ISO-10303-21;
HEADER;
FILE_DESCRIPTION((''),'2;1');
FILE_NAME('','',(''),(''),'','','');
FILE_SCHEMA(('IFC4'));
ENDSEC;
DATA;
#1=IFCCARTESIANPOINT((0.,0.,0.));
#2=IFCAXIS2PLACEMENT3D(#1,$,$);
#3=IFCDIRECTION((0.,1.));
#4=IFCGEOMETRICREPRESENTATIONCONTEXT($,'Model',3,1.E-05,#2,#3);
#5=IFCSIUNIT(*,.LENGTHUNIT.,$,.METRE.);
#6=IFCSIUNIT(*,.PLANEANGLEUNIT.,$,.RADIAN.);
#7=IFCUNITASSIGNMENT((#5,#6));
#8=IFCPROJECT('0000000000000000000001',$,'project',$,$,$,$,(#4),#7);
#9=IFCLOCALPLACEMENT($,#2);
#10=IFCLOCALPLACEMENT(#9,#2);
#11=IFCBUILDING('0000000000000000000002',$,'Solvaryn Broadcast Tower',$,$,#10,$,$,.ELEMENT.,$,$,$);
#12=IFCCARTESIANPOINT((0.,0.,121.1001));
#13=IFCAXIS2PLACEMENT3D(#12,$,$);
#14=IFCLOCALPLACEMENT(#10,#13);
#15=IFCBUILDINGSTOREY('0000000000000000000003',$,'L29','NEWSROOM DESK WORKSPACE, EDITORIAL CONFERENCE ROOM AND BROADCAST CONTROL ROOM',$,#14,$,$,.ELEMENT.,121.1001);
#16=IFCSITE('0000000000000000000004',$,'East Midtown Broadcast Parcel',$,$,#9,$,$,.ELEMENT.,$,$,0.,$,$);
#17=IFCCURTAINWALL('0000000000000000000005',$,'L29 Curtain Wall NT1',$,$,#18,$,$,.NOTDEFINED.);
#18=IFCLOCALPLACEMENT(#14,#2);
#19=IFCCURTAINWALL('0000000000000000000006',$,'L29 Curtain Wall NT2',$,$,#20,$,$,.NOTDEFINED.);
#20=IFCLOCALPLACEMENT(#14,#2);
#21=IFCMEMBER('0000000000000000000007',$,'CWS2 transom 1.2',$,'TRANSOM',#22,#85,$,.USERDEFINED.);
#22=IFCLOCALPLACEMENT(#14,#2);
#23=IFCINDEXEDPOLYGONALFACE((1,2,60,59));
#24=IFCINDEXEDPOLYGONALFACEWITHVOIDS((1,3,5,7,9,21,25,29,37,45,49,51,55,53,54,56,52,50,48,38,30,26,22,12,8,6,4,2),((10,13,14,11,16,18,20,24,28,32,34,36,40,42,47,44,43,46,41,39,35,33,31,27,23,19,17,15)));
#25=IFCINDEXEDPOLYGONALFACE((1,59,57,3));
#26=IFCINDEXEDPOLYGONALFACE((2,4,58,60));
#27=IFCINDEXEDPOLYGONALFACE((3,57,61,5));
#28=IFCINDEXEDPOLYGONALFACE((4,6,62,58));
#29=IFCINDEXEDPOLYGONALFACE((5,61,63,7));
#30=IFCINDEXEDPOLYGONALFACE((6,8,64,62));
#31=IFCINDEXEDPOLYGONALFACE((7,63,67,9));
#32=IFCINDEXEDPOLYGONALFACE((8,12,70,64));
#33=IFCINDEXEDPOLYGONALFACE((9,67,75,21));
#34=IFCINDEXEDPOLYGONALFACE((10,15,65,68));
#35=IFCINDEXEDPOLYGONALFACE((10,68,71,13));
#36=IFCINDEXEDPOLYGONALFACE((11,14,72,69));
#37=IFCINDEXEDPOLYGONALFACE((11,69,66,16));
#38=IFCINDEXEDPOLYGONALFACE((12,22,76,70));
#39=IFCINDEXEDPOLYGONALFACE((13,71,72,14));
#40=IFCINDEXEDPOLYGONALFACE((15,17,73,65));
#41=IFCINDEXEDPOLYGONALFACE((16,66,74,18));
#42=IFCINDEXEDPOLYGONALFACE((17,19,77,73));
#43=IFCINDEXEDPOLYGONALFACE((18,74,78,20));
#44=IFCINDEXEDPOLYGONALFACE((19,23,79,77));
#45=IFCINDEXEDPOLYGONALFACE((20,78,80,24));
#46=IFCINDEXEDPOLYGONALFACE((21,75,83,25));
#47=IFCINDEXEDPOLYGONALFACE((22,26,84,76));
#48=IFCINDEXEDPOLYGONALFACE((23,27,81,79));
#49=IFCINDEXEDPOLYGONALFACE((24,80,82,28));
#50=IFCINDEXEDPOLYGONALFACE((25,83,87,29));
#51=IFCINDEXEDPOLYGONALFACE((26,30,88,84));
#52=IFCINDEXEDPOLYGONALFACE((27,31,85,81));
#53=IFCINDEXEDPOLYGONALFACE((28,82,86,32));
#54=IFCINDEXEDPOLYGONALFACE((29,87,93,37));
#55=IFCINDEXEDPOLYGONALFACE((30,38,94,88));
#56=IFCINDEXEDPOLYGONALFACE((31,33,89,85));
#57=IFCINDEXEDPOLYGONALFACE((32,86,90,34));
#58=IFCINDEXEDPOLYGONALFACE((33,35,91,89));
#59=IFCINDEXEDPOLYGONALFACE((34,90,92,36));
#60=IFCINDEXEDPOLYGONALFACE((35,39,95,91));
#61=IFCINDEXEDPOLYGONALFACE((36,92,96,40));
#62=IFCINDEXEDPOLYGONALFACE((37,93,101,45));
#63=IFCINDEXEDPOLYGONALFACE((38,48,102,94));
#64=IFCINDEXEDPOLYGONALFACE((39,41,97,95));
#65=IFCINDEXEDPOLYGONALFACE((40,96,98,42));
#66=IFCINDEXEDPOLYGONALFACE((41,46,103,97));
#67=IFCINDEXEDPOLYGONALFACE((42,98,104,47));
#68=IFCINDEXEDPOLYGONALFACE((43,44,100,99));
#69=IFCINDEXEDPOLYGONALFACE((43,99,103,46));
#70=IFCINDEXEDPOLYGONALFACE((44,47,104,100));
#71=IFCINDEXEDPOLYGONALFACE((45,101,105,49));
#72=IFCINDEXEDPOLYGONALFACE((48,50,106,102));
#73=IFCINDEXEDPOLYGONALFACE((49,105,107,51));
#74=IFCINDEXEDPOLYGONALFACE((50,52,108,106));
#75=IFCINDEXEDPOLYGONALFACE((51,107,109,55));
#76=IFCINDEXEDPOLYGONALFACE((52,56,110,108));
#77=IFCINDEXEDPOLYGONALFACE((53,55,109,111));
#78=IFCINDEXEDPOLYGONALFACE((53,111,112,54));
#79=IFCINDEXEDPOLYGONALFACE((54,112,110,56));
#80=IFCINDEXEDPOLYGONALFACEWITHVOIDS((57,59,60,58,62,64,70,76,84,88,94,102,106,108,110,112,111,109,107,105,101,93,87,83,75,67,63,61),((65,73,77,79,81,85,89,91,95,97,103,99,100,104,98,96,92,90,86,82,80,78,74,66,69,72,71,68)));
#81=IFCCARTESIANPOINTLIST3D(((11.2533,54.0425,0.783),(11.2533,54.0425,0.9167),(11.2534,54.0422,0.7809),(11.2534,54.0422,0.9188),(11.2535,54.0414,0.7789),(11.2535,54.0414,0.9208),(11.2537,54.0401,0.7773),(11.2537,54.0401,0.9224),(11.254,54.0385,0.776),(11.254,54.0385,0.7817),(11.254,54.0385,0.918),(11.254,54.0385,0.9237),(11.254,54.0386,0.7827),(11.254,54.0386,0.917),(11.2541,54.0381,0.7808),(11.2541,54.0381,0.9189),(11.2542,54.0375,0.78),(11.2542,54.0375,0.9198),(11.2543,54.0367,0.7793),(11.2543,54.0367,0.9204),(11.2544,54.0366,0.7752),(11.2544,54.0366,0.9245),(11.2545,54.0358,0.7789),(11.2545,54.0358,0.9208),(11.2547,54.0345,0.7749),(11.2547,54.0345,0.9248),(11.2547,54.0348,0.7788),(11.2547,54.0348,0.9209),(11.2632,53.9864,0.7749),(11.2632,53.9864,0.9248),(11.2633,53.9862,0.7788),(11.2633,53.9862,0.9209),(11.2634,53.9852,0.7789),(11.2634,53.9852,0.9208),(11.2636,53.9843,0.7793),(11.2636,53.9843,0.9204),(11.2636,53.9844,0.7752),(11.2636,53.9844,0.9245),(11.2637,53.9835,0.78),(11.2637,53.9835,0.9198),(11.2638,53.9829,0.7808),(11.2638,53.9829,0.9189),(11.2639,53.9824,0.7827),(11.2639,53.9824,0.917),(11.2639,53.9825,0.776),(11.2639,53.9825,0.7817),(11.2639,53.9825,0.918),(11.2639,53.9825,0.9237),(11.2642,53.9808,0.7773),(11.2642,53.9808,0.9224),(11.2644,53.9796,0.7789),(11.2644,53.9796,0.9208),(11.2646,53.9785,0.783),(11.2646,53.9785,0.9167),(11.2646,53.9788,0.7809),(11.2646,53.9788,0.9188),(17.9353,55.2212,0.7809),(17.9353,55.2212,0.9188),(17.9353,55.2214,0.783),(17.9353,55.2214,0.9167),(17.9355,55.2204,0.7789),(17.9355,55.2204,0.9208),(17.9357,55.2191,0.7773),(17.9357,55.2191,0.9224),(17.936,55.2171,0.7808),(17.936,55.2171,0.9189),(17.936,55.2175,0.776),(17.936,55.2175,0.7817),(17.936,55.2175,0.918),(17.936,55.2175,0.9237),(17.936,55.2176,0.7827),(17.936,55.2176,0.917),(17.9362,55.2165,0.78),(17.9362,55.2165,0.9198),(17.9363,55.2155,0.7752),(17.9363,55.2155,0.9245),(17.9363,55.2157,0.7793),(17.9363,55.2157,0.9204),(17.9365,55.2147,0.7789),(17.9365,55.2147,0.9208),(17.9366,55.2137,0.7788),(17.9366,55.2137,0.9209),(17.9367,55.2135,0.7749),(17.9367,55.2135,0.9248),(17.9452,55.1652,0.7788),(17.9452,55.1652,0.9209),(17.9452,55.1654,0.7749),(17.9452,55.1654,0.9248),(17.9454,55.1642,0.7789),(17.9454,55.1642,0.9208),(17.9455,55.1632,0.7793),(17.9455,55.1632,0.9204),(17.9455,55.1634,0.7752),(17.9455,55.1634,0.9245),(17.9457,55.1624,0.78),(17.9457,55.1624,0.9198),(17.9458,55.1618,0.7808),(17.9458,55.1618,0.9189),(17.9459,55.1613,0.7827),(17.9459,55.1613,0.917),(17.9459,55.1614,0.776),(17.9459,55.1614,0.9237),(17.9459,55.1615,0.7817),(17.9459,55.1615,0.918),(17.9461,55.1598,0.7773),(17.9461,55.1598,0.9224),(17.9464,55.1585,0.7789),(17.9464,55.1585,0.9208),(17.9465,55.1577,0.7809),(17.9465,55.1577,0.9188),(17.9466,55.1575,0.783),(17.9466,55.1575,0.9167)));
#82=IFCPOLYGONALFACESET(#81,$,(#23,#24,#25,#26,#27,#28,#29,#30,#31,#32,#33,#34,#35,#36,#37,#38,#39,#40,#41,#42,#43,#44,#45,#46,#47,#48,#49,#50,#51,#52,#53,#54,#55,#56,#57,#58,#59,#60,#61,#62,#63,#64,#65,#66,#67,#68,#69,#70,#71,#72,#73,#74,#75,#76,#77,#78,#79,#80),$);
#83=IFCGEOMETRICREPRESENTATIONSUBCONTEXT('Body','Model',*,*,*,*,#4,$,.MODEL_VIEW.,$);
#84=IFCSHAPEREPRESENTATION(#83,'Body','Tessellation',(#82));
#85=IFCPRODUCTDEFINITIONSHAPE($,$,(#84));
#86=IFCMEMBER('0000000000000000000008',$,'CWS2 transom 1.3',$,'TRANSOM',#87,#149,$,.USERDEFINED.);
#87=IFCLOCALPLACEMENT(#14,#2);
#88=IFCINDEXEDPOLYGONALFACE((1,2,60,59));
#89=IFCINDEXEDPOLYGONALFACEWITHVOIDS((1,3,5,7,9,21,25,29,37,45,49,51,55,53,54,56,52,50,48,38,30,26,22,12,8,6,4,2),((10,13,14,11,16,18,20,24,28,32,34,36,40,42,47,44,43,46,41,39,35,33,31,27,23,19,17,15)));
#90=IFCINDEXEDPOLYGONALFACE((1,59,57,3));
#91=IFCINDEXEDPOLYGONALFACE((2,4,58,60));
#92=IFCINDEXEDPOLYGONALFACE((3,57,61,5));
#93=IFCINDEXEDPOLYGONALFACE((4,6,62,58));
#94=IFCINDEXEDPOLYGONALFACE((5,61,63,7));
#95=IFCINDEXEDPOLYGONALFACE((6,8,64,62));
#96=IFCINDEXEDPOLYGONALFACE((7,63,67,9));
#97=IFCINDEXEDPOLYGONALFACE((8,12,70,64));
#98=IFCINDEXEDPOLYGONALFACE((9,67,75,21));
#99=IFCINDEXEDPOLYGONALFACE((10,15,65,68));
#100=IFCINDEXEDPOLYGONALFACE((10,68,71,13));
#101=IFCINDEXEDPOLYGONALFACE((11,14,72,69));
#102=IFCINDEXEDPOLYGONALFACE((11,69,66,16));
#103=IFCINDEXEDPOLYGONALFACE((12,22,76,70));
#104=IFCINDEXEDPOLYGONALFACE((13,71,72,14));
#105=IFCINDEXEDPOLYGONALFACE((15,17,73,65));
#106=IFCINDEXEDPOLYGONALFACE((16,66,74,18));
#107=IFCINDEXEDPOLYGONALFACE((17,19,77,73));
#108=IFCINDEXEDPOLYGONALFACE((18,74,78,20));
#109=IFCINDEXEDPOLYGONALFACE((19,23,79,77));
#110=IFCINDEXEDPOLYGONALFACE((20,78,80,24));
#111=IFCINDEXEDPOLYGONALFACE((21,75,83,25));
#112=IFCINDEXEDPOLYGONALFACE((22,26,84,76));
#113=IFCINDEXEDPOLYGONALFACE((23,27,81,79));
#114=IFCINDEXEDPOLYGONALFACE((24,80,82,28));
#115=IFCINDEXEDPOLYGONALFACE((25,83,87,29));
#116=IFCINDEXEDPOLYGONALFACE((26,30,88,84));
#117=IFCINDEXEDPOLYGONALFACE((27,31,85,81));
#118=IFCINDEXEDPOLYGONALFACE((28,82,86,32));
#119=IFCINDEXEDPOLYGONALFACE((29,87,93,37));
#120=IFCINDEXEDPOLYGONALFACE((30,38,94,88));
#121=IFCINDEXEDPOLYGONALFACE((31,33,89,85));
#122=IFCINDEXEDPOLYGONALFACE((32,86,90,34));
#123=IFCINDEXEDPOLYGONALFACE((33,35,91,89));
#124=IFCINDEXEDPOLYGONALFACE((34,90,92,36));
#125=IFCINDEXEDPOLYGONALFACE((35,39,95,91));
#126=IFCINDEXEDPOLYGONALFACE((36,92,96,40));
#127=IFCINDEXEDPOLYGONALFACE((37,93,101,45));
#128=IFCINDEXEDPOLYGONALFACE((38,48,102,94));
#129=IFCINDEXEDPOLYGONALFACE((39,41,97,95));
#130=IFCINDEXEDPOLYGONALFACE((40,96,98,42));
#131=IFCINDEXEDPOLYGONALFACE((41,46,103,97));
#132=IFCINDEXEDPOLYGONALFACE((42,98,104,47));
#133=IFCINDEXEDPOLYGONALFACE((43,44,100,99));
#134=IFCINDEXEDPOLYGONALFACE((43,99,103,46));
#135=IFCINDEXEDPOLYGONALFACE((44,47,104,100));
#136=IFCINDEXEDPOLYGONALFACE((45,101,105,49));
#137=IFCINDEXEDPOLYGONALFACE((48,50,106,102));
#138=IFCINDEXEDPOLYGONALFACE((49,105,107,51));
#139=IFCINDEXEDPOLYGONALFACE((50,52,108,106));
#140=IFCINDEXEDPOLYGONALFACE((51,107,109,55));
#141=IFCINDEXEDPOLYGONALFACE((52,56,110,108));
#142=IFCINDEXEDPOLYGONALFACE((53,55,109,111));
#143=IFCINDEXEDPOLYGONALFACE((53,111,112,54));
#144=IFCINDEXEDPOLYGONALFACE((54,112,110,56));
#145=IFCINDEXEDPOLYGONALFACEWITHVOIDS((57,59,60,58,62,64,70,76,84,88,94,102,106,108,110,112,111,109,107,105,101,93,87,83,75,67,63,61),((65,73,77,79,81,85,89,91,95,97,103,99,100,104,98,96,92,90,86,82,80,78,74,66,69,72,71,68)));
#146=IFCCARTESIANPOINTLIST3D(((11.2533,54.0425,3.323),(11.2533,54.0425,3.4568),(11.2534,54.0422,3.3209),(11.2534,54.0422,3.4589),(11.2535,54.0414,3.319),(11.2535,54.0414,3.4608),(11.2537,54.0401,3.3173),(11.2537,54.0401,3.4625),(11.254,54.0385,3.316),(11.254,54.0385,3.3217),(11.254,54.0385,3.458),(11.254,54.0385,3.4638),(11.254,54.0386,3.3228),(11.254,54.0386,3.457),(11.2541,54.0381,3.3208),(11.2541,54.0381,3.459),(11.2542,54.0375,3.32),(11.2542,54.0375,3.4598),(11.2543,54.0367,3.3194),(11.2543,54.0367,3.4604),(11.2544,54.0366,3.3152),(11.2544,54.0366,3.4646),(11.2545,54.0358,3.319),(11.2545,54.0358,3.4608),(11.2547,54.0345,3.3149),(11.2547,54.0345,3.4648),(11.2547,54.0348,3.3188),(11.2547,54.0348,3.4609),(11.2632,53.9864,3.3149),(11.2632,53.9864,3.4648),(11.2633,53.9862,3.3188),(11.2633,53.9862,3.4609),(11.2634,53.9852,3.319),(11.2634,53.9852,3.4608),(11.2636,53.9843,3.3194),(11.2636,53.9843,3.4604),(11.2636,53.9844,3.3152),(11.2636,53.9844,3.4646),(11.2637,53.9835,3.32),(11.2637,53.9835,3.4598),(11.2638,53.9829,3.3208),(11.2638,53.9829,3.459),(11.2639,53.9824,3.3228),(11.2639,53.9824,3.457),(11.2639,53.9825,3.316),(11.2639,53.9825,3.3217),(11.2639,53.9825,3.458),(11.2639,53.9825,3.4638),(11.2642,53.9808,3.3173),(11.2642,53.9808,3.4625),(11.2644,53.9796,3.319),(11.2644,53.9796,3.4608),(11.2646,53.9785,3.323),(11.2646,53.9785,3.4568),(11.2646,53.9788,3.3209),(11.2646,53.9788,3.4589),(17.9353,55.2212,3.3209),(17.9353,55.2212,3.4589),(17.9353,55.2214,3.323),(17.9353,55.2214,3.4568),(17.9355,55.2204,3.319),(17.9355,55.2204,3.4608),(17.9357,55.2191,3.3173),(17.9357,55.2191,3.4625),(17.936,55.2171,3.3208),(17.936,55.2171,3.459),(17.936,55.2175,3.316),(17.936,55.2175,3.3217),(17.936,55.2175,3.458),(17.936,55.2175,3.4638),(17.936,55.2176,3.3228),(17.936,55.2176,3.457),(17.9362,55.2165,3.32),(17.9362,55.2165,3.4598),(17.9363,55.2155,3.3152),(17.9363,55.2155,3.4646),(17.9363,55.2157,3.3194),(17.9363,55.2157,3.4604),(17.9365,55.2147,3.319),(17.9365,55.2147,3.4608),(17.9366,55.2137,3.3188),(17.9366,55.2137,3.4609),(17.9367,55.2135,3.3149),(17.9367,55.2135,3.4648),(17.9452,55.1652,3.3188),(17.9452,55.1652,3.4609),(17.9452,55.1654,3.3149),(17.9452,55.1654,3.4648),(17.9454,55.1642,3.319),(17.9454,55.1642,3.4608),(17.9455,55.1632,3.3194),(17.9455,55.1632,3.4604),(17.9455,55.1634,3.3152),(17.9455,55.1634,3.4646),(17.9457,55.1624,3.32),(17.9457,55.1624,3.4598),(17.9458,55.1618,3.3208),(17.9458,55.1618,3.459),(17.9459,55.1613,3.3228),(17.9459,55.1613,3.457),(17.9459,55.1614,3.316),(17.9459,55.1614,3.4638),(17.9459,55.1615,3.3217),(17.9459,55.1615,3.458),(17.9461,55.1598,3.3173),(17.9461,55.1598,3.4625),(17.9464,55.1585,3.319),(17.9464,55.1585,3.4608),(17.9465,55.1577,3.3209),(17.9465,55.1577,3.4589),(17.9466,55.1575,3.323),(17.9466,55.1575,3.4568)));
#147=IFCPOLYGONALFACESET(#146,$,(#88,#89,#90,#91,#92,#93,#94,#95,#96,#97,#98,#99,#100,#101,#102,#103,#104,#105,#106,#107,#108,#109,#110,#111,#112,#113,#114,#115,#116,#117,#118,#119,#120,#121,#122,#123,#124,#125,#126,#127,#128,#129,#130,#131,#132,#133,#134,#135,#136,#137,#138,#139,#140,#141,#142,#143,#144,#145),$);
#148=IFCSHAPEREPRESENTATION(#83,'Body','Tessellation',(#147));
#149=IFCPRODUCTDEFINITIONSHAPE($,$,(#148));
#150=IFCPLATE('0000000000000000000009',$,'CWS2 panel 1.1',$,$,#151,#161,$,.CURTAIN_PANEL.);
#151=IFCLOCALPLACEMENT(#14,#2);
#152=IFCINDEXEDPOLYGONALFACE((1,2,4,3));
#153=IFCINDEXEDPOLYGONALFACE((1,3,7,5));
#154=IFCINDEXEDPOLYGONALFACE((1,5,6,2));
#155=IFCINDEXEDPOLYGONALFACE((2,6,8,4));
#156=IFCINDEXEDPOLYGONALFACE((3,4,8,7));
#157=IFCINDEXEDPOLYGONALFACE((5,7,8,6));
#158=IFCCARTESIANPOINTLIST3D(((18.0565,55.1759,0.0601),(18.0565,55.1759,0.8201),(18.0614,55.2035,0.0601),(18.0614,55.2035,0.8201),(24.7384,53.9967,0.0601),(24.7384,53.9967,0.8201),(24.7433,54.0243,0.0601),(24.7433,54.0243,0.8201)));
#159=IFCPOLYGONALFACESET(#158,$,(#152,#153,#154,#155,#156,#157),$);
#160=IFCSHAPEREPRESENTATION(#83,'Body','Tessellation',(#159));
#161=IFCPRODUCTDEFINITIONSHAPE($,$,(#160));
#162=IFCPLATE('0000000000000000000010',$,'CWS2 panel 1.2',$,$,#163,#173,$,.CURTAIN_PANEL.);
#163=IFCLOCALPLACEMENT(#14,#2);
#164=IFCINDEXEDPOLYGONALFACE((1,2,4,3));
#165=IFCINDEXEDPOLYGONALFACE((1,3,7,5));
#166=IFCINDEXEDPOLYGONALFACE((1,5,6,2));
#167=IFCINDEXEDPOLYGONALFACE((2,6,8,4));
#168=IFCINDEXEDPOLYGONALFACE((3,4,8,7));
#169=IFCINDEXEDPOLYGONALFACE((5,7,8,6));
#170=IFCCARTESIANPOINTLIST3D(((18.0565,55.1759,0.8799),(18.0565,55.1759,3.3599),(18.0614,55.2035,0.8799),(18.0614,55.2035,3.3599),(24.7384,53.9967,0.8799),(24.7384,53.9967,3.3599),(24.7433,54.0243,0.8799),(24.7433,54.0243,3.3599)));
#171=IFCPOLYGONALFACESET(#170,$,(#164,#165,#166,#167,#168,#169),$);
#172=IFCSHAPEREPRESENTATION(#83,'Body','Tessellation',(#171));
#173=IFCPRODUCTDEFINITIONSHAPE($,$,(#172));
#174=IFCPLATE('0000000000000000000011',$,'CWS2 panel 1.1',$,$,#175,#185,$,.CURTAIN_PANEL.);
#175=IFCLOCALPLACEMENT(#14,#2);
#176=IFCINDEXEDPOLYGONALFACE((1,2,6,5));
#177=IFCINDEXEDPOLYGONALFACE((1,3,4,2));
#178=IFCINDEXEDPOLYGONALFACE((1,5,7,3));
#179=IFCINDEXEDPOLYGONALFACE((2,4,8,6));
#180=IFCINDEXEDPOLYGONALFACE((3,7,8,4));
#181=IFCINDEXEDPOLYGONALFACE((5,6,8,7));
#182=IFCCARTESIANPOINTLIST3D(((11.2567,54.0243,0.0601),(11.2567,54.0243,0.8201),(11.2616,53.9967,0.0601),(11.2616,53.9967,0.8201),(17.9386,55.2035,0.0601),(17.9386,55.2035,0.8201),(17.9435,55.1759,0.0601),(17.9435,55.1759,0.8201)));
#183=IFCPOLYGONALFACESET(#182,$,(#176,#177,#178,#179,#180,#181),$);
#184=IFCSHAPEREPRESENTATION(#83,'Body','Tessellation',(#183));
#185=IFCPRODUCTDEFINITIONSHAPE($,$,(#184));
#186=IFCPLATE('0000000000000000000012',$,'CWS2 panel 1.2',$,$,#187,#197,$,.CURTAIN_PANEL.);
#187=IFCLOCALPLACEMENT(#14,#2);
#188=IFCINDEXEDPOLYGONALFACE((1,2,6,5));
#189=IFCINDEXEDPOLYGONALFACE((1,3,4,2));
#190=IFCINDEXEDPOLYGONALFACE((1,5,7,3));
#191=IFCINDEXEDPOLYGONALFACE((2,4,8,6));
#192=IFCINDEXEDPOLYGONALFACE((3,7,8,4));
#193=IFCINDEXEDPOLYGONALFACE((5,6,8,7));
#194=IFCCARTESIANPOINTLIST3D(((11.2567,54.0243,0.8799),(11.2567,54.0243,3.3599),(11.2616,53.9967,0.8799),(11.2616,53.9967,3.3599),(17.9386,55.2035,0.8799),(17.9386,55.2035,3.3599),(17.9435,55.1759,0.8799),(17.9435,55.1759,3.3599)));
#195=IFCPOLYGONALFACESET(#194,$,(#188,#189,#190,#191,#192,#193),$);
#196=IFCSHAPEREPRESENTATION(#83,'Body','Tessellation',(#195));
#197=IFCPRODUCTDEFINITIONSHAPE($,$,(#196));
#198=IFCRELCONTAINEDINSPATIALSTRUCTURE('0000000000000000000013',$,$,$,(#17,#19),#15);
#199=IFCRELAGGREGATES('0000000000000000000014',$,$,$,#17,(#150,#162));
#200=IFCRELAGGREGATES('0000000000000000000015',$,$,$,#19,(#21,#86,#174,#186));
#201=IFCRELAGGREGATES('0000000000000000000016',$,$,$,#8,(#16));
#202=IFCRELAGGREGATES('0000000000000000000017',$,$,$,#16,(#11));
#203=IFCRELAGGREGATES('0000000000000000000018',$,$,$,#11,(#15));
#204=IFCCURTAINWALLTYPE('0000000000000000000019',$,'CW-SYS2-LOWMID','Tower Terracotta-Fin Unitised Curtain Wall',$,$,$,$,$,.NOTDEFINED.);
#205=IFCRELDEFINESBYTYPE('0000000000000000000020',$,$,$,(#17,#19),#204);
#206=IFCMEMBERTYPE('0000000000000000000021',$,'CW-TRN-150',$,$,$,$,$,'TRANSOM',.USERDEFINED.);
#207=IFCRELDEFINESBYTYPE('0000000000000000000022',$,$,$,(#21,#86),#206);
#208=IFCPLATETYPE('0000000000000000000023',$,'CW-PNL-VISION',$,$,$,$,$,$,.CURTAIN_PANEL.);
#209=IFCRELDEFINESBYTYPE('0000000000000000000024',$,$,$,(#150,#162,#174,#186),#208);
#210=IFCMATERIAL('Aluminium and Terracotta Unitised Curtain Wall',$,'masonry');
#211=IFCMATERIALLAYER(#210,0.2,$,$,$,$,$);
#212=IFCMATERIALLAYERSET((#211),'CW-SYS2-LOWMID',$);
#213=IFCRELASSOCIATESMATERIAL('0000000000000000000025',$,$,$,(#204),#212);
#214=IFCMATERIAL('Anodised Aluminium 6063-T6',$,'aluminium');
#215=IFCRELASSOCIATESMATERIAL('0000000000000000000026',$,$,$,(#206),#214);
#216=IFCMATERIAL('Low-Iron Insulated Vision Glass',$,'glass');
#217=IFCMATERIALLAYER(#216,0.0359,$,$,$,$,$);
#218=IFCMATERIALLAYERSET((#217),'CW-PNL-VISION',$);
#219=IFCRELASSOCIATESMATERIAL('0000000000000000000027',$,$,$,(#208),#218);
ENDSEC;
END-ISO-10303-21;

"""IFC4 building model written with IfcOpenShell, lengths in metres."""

from ifc_helpers import new_model, si_unit, direction, frame, origin, origin_2d, place, context, subcontext, project, spatial, rectangle, hollow_rectangle, extrude, material, layer, layer_set, material_profile, profile_set, type_object, element, aggregate, save


model = new_model("IFC4")

# Units and contexts
model_context = context("Model", 3, precision=1e-05, world=origin(), true_north=direction((0.0, 1.0)))
body_context = subcontext(model_context, "Body", "Model", "MODEL_VIEW")
ifc_project = project(units=[si_unit("LENGTHUNIT", "METRE"), si_unit("PLANEANGLEUNIT", "RADIAN")], contexts=[model_context])

# Site, building, storey
site_placement = place(None, origin())
site = spatial("IfcSite", under=ifc_project, at=site_placement, Name="East Midtown Broadcast Parcel", CompositionType="ELEMENT", RefElevation=0.0)
building_placement = place(site_placement, origin())
building = spatial("IfcBuilding", under=site, at=building_placement, Name="Solvaryn Broadcast Tower", CompositionType="ELEMENT")
storey_placement = place(building_placement, frame((0.0, 0.0, 121.1001)))
storey = spatial("IfcBuildingStorey", under=building, at=storey_placement, Name="L29", Description="NEWSROOM DESK WORKSPACE, EDITORIAL CONFERENCE ROOM AND BROADCAST CONTROL ROOM", CompositionType="ELEMENT", Elevation=121.1001)

# Curtain wall
ifc_material_1 = material(Name="Aluminium and Terracotta Unitised Curtain Wall", Category="masonry")
ifc_layer_1 = layer(ifc_material_1, 0.2)
ifc_layer_set_1 = layer_set([ifc_layer_1], Name="CW-SYS2-LOWMID")
curtain_wall_type = type_object("IfcCurtainWallType", Name="CW-SYS2-LOWMID", Description="Tower Terracotta-Fin Unitised Curtain Wall", PredefinedType="NOTDEFINED", material=ifc_layer_set_1)
curtain_wall_1_placement = place(storey_placement, origin())
curtain_wall_1 = element("IfcCurtainWall", 1, at=curtain_wall_1_placement, inside=storey, type_object=curtain_wall_type, Name="L29 Curtain Wall NT1", PredefinedType="NOTDEFINED")

# Curtain wall, members
curtain_wall_2_placement = place(storey_placement, origin())
curtain_wall_2 = element("IfcCurtainWall", 2, at=curtain_wall_2_placement, inside=storey, type_object=curtain_wall_type, Name="L29 Curtain Wall NT2", PredefinedType="NOTDEFINED")
ifc_material_2 = material(Name="Anodised Aluminium 6063-T6", Category="aluminium")
ifc_material_profile_1 = material_profile(ifc_material_2, hollow_rectangle(XDim=0.0649, YDim=0.1499, WallThickness=0.0039, InnerFilletRadius=0.0039, OuterFilletRadius=0.0081, at=origin_2d()))
ifc_profile_set_1 = profile_set([ifc_material_profile_1], Name="Anodised Aluminium 6063-T6")
member_type_1 = type_object("IfcMemberType", Name="CW-TRN-150", ElementType="TRANSOM", PredefinedType="USERDEFINED", material=ifc_profile_set_1)
member_1_placement = place(storey_placement, frame((17.9409, 55.1895, 0.8499), z_axis=(-0.984789, -0.173757, 0.0), x_axis=(0.173757, -0.984789, 0.0)))
member_1 = element("IfcMember", 3, at=member_1_placement, type_object=member_type_1, Name="CWS2 transom 1.2", ObjectType="TRANSOM", PredefinedType="USERDEFINED", context=body_context, shape_type="SweptSolid", body=[
    extrude(hollow_rectangle(XDim=0.0649, YDim=0.1499, WallThickness=0.0039, InnerFilletRadius=0.0039, OuterFilletRadius=0.0081, at=origin_2d()), origin(), (0.0, 0.0, 1.0), 6.7852),
])
member_2_placement = place(storey_placement, frame((17.9409, 55.1895, 3.3899), z_axis=(-0.984789, -0.173757, 0.0), x_axis=(0.173757, -0.984789, 0.0)))
member_2 = element("IfcMember", 4, at=member_2_placement, type_object=member_type_1, Name="CWS2 transom 1.3", ObjectType="TRANSOM", PredefinedType="USERDEFINED", context=body_context, shape_type="SweptSolid", body=[
    extrude(hollow_rectangle(XDim=0.0649, YDim=0.1499, WallThickness=0.0039, InnerFilletRadius=0.0039, OuterFilletRadius=0.0081, at=origin_2d()), origin(), (0.0, 0.0, 1.0), 6.7852),
])

# Plates
ifc_material_3 = material(Name="Low-Iron Insulated Vision Glass", Category="glass")
ifc_layer_2 = layer(ifc_material_3, 0.0359)
ifc_layer_set_2 = layer_set([ifc_layer_2], Name="CW-PNL-VISION")
plate_type = type_object("IfcPlateType", Name="CW-PNL-VISION", PredefinedType="CURTAIN_PANEL", material=ifc_layer_set_2)
plate_1_placement = place(storey_placement, frame((21.3999, 54.6001, 0.0601), z_axis=(0.0, 0.0, 1.0), x_axis=(-0.984784, 0.173785, 0.0)))
plate_1 = element("IfcPlate", 5, at=plate_1_placement, type_object=plate_type, Name="CWS2 panel 1.1", PredefinedType="CURTAIN_PANEL", context=body_context, shape_type="SweptSolid", body=[
    extrude(rectangle(XDim=6.7852, YDim=0.0281, at=origin_2d()), origin(), (0.0, 0.0, 1.0), 0.76),
])
plate_2_placement = place(storey_placement, frame((21.3999, 54.6001, 0.8799), z_axis=(0.0, 0.0, 1.0), x_axis=(-0.984784, 0.173785, 0.0)))
plate_2 = element("IfcPlate", 6, at=plate_2_placement, type_object=plate_type, Name="CWS2 panel 1.2", PredefinedType="CURTAIN_PANEL", context=body_context, shape_type="SweptSolid", body=[
    extrude(rectangle(XDim=6.7852, YDim=0.0281, at=origin_2d()), origin(), (0.0, 0.0, 1.0), 2.48),
])
aggregate(curtain_wall_1, [plate_1, plate_2])
plate_3_placement = place(storey_placement, frame((14.6001, 54.6001, 0.0601), z_axis=(0.0, 0.0, 1.0), x_axis=(-0.984784, -0.173785, 0.0)))
plate_3 = element("IfcPlate", 7, at=plate_3_placement, type_object=plate_type, Name="CWS2 panel 1.1", PredefinedType="CURTAIN_PANEL", context=body_context, shape_type="SweptSolid", body=[
    extrude(rectangle(XDim=6.7852, YDim=0.0281, at=origin_2d()), origin(), (0.0, 0.0, 1.0), 0.76),
])
plate_4_placement = place(storey_placement, frame((14.6001, 54.6001, 0.8799), z_axis=(0.0, 0.0, 1.0), x_axis=(-0.984784, -0.173785, 0.0)))
plate_4 = element("IfcPlate", 8, at=plate_4_placement, type_object=plate_type, Name="CWS2 panel 1.2", PredefinedType="CURTAIN_PANEL", context=body_context, shape_type="SweptSolid", body=[
    extrude(rectangle(XDim=6.7852, YDim=0.0281, at=origin_2d()), origin(), (0.0, 0.0, 1.0), 2.48),
])
aggregate(curtain_wall_2, [member_1, member_2, plate_3, plate_4])

save(model, "model.ifc")
